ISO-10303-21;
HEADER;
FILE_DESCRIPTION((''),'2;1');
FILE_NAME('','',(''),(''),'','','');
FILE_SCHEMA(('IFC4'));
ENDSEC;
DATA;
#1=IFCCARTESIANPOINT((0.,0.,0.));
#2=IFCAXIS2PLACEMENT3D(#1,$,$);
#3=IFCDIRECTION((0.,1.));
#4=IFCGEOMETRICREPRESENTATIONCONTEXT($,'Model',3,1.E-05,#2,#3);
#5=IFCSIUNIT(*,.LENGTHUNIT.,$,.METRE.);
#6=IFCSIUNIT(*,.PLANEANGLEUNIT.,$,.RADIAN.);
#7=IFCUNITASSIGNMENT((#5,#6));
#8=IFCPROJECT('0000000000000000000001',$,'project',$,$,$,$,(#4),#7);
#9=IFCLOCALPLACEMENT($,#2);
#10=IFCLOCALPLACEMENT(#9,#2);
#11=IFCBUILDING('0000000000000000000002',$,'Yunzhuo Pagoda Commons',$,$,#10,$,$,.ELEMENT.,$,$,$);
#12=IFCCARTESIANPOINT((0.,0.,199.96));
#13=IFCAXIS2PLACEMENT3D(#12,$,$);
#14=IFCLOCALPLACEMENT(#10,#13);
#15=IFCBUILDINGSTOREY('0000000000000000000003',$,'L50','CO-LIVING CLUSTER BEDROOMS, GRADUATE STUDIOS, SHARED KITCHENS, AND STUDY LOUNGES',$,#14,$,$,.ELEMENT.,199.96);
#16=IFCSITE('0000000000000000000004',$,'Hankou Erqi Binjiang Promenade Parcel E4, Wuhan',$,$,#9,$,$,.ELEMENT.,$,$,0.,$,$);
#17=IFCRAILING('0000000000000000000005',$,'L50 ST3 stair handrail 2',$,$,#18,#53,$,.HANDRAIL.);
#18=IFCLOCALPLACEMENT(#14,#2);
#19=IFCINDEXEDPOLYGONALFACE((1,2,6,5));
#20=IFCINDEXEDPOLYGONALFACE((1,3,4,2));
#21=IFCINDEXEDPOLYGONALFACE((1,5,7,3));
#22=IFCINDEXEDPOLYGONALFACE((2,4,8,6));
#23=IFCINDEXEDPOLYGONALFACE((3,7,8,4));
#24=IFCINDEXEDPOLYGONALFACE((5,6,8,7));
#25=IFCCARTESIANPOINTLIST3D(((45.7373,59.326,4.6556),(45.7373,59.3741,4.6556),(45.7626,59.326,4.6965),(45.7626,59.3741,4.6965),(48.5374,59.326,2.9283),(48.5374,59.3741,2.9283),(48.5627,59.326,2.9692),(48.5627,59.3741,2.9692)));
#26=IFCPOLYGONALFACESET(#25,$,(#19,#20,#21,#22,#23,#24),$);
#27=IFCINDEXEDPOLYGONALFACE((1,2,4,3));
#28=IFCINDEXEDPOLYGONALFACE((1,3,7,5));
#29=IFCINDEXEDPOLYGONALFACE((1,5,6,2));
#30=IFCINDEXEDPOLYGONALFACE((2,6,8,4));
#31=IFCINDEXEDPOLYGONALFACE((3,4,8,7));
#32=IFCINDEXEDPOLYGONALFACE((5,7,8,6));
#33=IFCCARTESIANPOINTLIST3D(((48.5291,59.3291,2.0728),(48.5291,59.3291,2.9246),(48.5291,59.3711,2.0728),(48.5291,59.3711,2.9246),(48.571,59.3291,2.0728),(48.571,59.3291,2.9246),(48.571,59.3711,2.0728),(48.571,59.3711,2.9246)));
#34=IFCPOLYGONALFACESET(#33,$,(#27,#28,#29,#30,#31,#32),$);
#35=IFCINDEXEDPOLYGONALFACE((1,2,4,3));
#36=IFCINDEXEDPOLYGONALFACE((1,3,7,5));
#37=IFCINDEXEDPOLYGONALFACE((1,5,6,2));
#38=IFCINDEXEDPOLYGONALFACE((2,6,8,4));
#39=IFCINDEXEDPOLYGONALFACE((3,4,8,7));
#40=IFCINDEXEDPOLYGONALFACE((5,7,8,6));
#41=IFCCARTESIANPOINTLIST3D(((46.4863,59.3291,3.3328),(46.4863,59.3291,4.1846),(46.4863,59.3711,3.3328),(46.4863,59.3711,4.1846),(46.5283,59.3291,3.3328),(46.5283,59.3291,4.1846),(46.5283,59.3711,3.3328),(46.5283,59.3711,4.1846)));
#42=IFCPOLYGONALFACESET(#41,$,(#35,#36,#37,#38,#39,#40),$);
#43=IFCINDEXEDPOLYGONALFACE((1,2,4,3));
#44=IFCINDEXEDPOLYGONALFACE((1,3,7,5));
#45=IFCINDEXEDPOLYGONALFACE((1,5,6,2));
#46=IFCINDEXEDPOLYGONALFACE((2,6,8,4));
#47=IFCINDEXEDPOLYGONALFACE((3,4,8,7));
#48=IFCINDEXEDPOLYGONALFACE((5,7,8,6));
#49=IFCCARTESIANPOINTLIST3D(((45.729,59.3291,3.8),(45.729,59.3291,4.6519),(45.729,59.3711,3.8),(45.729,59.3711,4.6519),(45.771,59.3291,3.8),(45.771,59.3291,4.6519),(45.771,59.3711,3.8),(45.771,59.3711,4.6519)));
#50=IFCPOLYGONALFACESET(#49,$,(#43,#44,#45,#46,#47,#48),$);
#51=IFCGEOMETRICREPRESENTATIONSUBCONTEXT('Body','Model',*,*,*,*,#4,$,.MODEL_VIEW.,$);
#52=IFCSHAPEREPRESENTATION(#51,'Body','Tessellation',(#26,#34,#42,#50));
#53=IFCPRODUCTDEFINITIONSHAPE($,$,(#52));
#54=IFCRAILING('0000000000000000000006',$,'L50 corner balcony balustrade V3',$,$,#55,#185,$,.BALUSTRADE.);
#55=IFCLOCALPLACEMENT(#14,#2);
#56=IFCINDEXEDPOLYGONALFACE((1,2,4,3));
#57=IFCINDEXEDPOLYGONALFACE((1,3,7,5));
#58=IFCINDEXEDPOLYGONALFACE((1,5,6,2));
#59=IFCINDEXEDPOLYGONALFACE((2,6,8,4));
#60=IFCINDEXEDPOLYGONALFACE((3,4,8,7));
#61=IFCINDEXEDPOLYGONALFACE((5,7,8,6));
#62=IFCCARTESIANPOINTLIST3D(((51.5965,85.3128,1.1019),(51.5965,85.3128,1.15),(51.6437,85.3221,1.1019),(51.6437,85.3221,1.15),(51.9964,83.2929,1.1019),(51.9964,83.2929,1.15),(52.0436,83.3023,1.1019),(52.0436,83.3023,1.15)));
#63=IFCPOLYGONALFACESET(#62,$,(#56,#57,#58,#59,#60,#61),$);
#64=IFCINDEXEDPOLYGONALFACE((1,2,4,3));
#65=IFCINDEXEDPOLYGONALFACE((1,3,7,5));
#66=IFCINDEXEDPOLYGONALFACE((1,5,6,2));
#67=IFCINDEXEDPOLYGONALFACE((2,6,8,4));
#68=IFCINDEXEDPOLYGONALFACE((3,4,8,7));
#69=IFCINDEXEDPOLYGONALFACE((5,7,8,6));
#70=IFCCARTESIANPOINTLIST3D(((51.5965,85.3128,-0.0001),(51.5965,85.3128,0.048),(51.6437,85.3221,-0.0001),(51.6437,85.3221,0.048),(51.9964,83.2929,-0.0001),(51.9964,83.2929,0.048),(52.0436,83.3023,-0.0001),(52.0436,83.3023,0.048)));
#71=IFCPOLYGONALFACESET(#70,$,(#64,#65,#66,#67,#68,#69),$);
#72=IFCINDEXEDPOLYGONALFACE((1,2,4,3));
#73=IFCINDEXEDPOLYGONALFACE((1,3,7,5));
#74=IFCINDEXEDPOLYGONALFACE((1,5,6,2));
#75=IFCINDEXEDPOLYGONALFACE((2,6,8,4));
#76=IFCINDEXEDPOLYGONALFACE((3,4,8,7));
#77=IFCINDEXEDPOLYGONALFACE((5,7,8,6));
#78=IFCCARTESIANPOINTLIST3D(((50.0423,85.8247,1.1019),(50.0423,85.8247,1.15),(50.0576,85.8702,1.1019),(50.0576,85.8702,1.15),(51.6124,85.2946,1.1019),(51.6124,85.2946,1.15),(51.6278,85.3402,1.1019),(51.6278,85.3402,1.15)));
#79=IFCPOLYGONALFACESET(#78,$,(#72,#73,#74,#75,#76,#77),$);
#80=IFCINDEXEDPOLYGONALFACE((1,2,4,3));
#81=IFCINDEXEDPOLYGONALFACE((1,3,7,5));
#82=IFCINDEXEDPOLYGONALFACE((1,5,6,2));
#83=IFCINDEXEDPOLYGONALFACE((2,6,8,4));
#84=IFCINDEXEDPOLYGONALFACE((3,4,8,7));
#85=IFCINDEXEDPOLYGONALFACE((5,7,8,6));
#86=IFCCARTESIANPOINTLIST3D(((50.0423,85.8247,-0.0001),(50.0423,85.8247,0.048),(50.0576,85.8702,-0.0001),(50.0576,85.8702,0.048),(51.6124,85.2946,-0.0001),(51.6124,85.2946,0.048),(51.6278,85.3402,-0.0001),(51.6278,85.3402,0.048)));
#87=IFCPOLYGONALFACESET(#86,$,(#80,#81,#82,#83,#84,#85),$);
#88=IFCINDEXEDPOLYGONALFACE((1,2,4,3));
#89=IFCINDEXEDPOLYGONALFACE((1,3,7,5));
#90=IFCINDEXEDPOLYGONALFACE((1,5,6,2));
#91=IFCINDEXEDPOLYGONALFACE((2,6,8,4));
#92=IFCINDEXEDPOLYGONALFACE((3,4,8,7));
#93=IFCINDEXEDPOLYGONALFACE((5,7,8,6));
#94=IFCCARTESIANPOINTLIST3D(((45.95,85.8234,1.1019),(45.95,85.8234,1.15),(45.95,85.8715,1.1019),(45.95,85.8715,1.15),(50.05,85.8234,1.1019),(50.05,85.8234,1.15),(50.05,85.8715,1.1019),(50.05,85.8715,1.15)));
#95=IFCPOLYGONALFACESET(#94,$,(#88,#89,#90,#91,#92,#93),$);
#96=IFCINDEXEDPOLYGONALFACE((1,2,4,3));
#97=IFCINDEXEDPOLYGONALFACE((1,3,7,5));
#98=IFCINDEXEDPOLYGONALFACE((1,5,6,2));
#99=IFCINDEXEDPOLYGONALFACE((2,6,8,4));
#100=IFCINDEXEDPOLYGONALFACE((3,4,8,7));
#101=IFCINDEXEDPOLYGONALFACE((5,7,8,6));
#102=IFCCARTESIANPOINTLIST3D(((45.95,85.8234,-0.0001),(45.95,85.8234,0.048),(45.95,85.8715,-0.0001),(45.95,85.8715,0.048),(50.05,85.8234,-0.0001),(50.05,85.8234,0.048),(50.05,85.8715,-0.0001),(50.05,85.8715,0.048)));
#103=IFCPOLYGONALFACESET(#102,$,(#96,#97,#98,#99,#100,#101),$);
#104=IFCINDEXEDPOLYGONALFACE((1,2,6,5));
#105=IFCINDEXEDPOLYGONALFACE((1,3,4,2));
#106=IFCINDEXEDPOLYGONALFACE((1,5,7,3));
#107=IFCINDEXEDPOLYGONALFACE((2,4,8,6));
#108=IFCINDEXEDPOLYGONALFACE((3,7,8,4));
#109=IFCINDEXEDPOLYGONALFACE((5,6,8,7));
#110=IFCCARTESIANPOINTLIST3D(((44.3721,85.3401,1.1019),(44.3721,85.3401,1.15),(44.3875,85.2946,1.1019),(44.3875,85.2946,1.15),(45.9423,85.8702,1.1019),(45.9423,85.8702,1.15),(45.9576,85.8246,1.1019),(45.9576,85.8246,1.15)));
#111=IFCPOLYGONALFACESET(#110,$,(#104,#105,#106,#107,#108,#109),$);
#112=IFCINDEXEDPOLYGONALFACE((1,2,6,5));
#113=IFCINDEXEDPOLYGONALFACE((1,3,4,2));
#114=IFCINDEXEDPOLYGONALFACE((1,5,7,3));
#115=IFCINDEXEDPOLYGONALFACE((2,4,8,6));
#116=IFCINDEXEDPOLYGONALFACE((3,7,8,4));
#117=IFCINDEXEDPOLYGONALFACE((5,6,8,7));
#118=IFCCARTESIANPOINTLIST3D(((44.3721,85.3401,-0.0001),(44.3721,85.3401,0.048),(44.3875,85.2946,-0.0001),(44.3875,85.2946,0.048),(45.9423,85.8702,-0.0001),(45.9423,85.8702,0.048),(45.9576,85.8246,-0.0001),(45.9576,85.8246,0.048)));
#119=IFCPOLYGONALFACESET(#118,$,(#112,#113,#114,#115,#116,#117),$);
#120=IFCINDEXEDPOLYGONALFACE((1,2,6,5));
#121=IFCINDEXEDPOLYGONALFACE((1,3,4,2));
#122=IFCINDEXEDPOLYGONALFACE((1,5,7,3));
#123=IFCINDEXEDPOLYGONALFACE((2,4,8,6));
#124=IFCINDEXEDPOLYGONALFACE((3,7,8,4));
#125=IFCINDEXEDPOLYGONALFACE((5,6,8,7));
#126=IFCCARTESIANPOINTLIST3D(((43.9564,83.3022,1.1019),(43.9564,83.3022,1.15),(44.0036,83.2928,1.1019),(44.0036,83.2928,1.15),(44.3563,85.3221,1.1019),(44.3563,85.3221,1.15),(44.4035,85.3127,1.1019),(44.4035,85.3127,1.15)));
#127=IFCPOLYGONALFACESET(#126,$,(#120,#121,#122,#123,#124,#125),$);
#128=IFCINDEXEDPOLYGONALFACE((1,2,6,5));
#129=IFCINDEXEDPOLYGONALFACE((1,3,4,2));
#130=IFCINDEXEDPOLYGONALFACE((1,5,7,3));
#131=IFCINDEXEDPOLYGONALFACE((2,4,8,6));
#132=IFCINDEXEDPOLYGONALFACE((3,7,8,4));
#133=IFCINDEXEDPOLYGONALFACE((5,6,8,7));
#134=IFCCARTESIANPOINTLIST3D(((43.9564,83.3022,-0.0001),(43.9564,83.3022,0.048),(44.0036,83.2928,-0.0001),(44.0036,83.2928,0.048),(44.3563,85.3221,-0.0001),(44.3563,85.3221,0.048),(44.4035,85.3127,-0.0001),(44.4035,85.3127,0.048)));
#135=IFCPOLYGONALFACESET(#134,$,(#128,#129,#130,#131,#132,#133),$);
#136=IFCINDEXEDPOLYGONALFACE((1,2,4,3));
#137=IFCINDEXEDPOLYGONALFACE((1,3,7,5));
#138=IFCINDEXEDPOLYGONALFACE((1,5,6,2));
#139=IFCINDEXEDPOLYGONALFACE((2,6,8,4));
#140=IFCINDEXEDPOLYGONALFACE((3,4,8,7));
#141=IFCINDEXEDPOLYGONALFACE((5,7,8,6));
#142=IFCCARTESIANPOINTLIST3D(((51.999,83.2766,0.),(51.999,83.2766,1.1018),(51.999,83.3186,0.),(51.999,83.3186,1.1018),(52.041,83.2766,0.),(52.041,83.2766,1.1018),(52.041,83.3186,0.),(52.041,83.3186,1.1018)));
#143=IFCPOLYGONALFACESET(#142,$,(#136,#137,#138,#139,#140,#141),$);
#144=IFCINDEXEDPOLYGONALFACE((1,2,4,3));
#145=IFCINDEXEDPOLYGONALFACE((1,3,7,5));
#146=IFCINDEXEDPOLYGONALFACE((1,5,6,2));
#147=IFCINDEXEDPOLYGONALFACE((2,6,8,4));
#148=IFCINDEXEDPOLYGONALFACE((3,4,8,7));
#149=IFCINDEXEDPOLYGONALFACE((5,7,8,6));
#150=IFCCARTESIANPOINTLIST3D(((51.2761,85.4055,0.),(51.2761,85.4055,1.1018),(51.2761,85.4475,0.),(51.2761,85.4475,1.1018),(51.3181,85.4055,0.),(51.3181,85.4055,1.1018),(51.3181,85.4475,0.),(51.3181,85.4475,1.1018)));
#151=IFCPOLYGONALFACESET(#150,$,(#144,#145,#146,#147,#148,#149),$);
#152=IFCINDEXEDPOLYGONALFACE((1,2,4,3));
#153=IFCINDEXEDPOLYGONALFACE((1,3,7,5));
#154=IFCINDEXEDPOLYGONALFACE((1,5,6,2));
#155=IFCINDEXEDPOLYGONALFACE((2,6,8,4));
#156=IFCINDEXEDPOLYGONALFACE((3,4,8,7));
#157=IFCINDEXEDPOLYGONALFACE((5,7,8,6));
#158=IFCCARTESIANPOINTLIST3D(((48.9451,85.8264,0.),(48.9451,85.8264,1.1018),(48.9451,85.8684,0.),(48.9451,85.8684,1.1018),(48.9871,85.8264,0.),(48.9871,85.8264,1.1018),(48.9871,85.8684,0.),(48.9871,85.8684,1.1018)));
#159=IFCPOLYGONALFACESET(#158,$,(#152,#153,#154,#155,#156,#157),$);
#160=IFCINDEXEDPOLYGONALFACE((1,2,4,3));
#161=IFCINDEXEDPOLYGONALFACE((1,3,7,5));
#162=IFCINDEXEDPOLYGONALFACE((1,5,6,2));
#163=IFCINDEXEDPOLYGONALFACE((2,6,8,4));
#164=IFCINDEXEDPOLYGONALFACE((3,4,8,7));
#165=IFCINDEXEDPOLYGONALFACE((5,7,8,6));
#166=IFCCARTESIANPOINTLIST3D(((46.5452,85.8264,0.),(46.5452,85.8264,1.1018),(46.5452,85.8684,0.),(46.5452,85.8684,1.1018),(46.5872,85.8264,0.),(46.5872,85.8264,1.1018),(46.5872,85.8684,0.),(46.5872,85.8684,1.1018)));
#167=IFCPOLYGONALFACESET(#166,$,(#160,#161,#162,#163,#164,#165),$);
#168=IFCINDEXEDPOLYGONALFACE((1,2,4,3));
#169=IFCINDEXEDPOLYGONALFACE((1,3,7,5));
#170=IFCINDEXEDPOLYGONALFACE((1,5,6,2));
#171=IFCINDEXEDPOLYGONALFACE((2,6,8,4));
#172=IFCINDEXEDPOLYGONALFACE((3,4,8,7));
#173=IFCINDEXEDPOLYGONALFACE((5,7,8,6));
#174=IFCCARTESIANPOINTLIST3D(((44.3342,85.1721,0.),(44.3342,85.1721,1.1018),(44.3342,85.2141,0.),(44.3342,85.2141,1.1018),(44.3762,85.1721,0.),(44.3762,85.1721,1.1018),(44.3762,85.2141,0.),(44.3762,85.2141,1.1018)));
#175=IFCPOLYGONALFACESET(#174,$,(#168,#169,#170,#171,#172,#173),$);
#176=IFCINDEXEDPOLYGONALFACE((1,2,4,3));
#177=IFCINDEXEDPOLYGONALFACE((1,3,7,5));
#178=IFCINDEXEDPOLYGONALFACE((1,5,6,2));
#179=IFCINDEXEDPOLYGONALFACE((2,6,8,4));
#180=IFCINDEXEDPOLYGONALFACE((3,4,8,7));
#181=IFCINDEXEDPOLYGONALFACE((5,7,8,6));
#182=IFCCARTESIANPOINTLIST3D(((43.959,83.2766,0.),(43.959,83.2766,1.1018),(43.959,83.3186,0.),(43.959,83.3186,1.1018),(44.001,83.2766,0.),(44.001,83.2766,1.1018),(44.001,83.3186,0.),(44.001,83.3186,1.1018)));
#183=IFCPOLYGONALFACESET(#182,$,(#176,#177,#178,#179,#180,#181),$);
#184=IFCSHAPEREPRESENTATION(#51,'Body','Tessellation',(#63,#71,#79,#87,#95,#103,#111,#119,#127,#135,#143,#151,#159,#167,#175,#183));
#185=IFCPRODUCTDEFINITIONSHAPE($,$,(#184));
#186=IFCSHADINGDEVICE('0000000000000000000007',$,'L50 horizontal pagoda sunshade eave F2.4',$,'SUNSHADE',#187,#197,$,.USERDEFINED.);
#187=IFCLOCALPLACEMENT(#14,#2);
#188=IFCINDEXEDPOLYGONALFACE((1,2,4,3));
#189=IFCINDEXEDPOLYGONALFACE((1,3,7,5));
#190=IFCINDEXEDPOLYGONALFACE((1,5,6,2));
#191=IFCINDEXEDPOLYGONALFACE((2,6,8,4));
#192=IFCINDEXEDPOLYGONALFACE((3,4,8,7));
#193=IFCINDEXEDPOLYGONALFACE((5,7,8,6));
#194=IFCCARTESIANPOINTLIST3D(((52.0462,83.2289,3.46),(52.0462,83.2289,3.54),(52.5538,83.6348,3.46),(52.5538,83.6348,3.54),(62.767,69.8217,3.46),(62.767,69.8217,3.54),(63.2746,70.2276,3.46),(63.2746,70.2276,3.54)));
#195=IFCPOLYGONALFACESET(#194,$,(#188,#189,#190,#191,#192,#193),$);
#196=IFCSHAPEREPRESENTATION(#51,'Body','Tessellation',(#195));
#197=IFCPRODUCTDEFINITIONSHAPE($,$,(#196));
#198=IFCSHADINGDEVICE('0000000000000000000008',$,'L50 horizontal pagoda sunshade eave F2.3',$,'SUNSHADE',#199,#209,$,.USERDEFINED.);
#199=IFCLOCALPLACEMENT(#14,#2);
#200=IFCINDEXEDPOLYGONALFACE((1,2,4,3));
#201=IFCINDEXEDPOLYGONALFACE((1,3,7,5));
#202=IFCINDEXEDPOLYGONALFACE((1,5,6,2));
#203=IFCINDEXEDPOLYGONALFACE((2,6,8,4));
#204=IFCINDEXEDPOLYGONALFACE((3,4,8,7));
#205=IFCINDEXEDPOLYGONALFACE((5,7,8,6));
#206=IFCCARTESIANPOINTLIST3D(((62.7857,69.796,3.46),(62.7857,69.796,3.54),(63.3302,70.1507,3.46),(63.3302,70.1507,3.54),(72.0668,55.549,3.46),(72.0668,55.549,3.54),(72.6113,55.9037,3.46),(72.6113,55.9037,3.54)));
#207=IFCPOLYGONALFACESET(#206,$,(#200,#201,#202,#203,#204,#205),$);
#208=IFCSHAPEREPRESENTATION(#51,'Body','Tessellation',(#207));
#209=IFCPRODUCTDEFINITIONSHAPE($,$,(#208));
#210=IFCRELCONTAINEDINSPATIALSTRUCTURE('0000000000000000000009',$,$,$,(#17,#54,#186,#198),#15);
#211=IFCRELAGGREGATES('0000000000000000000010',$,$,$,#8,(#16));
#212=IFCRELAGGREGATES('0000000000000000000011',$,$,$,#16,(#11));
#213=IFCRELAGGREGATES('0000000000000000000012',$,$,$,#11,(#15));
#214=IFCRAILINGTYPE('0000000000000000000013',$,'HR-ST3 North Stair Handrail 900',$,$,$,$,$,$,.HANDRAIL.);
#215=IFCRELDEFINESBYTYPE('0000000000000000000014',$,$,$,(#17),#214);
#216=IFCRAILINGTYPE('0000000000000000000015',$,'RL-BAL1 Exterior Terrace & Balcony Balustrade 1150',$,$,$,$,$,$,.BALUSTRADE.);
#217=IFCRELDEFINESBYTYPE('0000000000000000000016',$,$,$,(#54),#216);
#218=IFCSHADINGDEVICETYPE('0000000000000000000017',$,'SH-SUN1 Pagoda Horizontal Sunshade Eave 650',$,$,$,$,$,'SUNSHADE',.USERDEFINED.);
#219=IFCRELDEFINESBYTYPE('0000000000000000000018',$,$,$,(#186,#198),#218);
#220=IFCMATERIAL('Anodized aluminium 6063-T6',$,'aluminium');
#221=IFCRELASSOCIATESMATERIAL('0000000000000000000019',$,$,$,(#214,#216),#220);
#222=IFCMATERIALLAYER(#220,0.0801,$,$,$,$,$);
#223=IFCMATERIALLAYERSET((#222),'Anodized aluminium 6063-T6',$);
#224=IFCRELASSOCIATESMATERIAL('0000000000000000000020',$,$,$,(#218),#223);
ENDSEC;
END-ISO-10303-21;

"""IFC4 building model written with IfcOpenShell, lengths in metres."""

from ifc_helpers import new_model, si_unit, direction, frame, origin, origin_2d, place, context, subcontext, project, spatial, rectangle, extrude, source, transform, mapped, material, layer, layer_set, type_object, element, save


model = new_model("IFC4")

# Units and contexts
model_context = context("Model", 3, precision=1e-05, world=origin(), true_north=direction((0.0, 1.0)))
body_context = subcontext(model_context, "Body", "Model", "MODEL_VIEW")
ifc_project = project(units=[si_unit("LENGTHUNIT", "METRE"), si_unit("PLANEANGLEUNIT", "RADIAN")], contexts=[model_context])

# Site, building, storey
site_placement = place(None, origin())
site = spatial("IfcSite", under=ifc_project, at=site_placement, Name="Hankou Erqi Binjiang Promenade Parcel E4, Wuhan", CompositionType="ELEMENT", RefElevation=0.0)
building_placement = place(site_placement, origin())
building = spatial("IfcBuilding", under=site, at=building_placement, Name="Yunzhuo Pagoda Commons", CompositionType="ELEMENT")
storey_placement = place(building_placement, frame((0.0, 0.0, 199.96)))
storey = spatial("IfcBuildingStorey", under=building, at=storey_placement, Name="L50", Description="CO-LIVING CLUSTER BEDROOMS, GRADUATE STUDIOS, SHARED KITCHENS, AND STUDY LOUNGES", CompositionType="ELEMENT", Elevation=199.96)

# Shared definitions
ifc_material_1 = material(Name="Anodized aluminium 6063-T6", Category="aluminium")

# Railings
railing_type_1 = type_object("IfcRailingType", Name="HR-ST3 North Stair Handrail 900", PredefinedType="HANDRAIL", material=ifc_material_1)
railing_1_placement = place(storey_placement, frame((48.55, 59.3501, 2.0728)))
element("IfcRailing", 1, at=railing_1_placement, inside=storey, type_object=railing_type_1, Name="L50 ST3 stair handrail 2", PredefinedType="HANDRAIL", context=body_context, shape_type="SweptSolid", body=[
    extrude(rectangle(XDim=0.0481, YDim=0.0481, at=origin_2d()), frame((0.0, 0.0, 0.876), z_axis=(-0.85109, 0.0, 0.52502), x_axis=(0.0, -1.0, 0.0)), (0.0, 0.0, 1.0), 3.29),
    extrude(rectangle(XDim=0.042, YDim=0.042, at=origin_2d()), origin(), (0.0, 0.0, 1.0), 0.8518),
    extrude(rectangle(XDim=0.042, YDim=0.042, at=origin_2d()), frame((-2.0427, 0.0, 1.26)), (0.0, 0.0, 1.0), 0.8518),
    extrude(rectangle(XDim=0.042, YDim=0.042, at=origin_2d()), frame((-2.8, 0.0, 1.7273)), (0.0, 0.0, 1.0), 0.8518),
])
railing_type_2 = type_object("IfcRailingType", Name="RL-BAL1 Exterior Terrace & Balcony Balustrade 1150", PredefinedType="BALUSTRADE", material=ifc_material_1)
railing_2_placement = place(storey_placement, frame((52.02, 83.2976, 0.0)))
element("IfcRailing", 2, at=railing_2_placement, inside=storey, type_object=railing_type_2, Name="L50 corner balcony balustrade V3", PredefinedType="BALUSTRADE", context=body_context, shape_type="SweptSolid", body=[
    extrude(rectangle(XDim=0.0481, YDim=0.0481, at=origin_2d()), frame((0.0, 0.0, 1.126), z_axis=(-0.194223, 0.980957, 0.0), x_axis=(-0.980957, -0.194223, 0.0)), (0.0, 0.0, 1.0), 2.0591),
    extrude(rectangle(XDim=0.0481, YDim=0.0481, at=origin_2d()), frame((0.0, 0.0, 0.0239), z_axis=(-0.194223, 0.980957, 0.0), x_axis=(-0.980957, -0.194223, 0.0)), (0.0, 0.0, 1.0), 2.0591),
    extrude(rectangle(XDim=0.0481, YDim=0.0481, at=origin_2d()), frame((-0.3999, 2.0198, 1.126), z_axis=(-0.947468, 0.31985, 0.0), x_axis=(-0.31985, -0.947468, 0.0)), (0.0, 0.0, 1.0), 1.6572),
    extrude(rectangle(XDim=0.0481, YDim=0.0481, at=origin_2d()), frame((-0.3999, 2.0198, 0.0239), z_axis=(-0.947468, 0.31985, 0.0), x_axis=(-0.31985, -0.947468, 0.0)), (0.0, 0.0, 1.0), 1.6572),
    extrude(rectangle(XDim=0.0481, YDim=0.0481, at=origin_2d()), frame((-1.97, 2.5498, 1.126), z_axis=(-1.0, 0.0, 0.0), x_axis=(0.0, -1.0, 0.0)), (0.0, 0.0, 1.0), 4.1001),
    extrude(rectangle(XDim=0.0481, YDim=0.0481, at=origin_2d()), frame((-1.97, 2.5498, 0.0239), z_axis=(-1.0, 0.0, 0.0), x_axis=(0.0, -1.0, 0.0)), (0.0, 0.0, 1.0), 4.1001),
    extrude(rectangle(XDim=0.0481, YDim=0.0481, at=origin_2d()), frame((-6.0701, 2.5498, 1.126), z_axis=(-0.947468, -0.31985, 0.0), x_axis=(0.31985, -0.947468, 0.0)), (0.0, 0.0, 1.0), 1.6572),
    extrude(rectangle(XDim=0.0481, YDim=0.0481, at=origin_2d()), frame((-6.0701, 2.5498, 0.0239), z_axis=(-0.947468, -0.31985, 0.0), x_axis=(0.31985, -0.947468, 0.0)), (0.0, 0.0, 1.0), 1.6572),
    extrude(rectangle(XDim=0.0481, YDim=0.0481, at=origin_2d()), frame((-7.6401, 2.0198, 1.126), z_axis=(-0.194223, -0.980957, 0.0), x_axis=(0.980957, -0.194223, 0.0)), (0.0, 0.0, 1.0), 2.0591),
    extrude(rectangle(XDim=0.0481, YDim=0.0481, at=origin_2d()), frame((-7.6401, 2.0198, 0.0239), z_axis=(-0.194223, -0.980957, 0.0), x_axis=(0.980957, -0.194223, 0.0)), (0.0, 0.0, 1.0), 2.0591),
    extrude(rectangle(XDim=0.042, YDim=0.042, at=origin_2d()), origin(), (0.0, 0.0, 1.0), 1.1018),
    extrude(rectangle(XDim=0.042, YDim=0.042, at=origin_2d()), frame((-0.7229, 2.1289, 0.0)), (0.0, 0.0, 1.0), 1.1018),
    extrude(rectangle(XDim=0.042, YDim=0.042, at=origin_2d()), frame((-3.054, 2.5498, 0.0)), (0.0, 0.0, 1.0), 1.1018),
    extrude(rectangle(XDim=0.042, YDim=0.042, at=origin_2d()), frame((-5.4539, 2.5498, 0.0)), (0.0, 0.0, 1.0), 1.1018),
    extrude(rectangle(XDim=0.042, YDim=0.042, at=origin_2d()), frame((-7.6648, 1.8955, 0.0)), (0.0, 0.0, 1.0), 1.1018),
    extrude(rectangle(XDim=0.042, YDim=0.042, at=origin_2d()), frame((-8.04, 0.0, 0.0)), (0.0, 0.0, 1.0), 1.1018),
])

# Shading devices
ifc_layer_1 = layer(ifc_material_1, 0.0801)
ifc_layer_set_1 = layer_set([ifc_layer_1], Name="Anodized aluminium 6063-T6")
shading_device_type = type_object("IfcShadingDeviceType", Name="SH-SUN1 Pagoda Horizontal Sunshade Eave 650", ElementType="SUNSHADE", PredefinedType="USERDEFINED", material=ifc_layer_set_1)
shared_shape_1 = source(origin(), body_context, "Body", "SweptSolid", [
    extrude(rectangle(XDim=17.1665, YDim=0.6499, at=origin_2d()), origin(), (0.0, 0.0, 1.0), 0.0801),
])
shading_device_1_placement = place(storey_placement, frame((57.6604, 76.7283, 3.46), z_axis=(0.0, 0.0, 1.0), x_axis=(-0.62452, 0.781008, 0.0)))
element("IfcShadingDevice", 3, at=shading_device_1_placement, inside=storey, type_object=shading_device_type, Name="L50 horizontal pagoda sunshade eave F2.4", ObjectType="SUNSHADE", PredefinedType="USERDEFINED", context=body_context, shape_type="MappedRepresentation", body=[
    mapped(shared_shape_1, transform((0.0, 0.0, 0.0), scale=1.0)),
])
shared_shape_2 = source(origin(), body_context, "Body", "SweptSolid", [
    extrude(rectangle(XDim=17.0034, YDim=0.6499, at=origin_2d()), origin(), (0.0, 0.0, 1.0), 0.0801),
])
shading_device_2_placement = place(storey_placement, frame((67.6985, 62.8499, 3.46), z_axis=(0.0, 0.0, 1.0), x_axis=(-0.545839, 0.83789, 0.0)))
element("IfcShadingDevice", 4, at=shading_device_2_placement, inside=storey, type_object=shading_device_type, Name="L50 horizontal pagoda sunshade eave F2.3", ObjectType="SUNSHADE", PredefinedType="USERDEFINED", context=body_context, shape_type="MappedRepresentation", body=[
    mapped(shared_shape_2, transform((0.0, 0.0, 0.0), scale=1.0)),
])

save(model, "model.ifc")
